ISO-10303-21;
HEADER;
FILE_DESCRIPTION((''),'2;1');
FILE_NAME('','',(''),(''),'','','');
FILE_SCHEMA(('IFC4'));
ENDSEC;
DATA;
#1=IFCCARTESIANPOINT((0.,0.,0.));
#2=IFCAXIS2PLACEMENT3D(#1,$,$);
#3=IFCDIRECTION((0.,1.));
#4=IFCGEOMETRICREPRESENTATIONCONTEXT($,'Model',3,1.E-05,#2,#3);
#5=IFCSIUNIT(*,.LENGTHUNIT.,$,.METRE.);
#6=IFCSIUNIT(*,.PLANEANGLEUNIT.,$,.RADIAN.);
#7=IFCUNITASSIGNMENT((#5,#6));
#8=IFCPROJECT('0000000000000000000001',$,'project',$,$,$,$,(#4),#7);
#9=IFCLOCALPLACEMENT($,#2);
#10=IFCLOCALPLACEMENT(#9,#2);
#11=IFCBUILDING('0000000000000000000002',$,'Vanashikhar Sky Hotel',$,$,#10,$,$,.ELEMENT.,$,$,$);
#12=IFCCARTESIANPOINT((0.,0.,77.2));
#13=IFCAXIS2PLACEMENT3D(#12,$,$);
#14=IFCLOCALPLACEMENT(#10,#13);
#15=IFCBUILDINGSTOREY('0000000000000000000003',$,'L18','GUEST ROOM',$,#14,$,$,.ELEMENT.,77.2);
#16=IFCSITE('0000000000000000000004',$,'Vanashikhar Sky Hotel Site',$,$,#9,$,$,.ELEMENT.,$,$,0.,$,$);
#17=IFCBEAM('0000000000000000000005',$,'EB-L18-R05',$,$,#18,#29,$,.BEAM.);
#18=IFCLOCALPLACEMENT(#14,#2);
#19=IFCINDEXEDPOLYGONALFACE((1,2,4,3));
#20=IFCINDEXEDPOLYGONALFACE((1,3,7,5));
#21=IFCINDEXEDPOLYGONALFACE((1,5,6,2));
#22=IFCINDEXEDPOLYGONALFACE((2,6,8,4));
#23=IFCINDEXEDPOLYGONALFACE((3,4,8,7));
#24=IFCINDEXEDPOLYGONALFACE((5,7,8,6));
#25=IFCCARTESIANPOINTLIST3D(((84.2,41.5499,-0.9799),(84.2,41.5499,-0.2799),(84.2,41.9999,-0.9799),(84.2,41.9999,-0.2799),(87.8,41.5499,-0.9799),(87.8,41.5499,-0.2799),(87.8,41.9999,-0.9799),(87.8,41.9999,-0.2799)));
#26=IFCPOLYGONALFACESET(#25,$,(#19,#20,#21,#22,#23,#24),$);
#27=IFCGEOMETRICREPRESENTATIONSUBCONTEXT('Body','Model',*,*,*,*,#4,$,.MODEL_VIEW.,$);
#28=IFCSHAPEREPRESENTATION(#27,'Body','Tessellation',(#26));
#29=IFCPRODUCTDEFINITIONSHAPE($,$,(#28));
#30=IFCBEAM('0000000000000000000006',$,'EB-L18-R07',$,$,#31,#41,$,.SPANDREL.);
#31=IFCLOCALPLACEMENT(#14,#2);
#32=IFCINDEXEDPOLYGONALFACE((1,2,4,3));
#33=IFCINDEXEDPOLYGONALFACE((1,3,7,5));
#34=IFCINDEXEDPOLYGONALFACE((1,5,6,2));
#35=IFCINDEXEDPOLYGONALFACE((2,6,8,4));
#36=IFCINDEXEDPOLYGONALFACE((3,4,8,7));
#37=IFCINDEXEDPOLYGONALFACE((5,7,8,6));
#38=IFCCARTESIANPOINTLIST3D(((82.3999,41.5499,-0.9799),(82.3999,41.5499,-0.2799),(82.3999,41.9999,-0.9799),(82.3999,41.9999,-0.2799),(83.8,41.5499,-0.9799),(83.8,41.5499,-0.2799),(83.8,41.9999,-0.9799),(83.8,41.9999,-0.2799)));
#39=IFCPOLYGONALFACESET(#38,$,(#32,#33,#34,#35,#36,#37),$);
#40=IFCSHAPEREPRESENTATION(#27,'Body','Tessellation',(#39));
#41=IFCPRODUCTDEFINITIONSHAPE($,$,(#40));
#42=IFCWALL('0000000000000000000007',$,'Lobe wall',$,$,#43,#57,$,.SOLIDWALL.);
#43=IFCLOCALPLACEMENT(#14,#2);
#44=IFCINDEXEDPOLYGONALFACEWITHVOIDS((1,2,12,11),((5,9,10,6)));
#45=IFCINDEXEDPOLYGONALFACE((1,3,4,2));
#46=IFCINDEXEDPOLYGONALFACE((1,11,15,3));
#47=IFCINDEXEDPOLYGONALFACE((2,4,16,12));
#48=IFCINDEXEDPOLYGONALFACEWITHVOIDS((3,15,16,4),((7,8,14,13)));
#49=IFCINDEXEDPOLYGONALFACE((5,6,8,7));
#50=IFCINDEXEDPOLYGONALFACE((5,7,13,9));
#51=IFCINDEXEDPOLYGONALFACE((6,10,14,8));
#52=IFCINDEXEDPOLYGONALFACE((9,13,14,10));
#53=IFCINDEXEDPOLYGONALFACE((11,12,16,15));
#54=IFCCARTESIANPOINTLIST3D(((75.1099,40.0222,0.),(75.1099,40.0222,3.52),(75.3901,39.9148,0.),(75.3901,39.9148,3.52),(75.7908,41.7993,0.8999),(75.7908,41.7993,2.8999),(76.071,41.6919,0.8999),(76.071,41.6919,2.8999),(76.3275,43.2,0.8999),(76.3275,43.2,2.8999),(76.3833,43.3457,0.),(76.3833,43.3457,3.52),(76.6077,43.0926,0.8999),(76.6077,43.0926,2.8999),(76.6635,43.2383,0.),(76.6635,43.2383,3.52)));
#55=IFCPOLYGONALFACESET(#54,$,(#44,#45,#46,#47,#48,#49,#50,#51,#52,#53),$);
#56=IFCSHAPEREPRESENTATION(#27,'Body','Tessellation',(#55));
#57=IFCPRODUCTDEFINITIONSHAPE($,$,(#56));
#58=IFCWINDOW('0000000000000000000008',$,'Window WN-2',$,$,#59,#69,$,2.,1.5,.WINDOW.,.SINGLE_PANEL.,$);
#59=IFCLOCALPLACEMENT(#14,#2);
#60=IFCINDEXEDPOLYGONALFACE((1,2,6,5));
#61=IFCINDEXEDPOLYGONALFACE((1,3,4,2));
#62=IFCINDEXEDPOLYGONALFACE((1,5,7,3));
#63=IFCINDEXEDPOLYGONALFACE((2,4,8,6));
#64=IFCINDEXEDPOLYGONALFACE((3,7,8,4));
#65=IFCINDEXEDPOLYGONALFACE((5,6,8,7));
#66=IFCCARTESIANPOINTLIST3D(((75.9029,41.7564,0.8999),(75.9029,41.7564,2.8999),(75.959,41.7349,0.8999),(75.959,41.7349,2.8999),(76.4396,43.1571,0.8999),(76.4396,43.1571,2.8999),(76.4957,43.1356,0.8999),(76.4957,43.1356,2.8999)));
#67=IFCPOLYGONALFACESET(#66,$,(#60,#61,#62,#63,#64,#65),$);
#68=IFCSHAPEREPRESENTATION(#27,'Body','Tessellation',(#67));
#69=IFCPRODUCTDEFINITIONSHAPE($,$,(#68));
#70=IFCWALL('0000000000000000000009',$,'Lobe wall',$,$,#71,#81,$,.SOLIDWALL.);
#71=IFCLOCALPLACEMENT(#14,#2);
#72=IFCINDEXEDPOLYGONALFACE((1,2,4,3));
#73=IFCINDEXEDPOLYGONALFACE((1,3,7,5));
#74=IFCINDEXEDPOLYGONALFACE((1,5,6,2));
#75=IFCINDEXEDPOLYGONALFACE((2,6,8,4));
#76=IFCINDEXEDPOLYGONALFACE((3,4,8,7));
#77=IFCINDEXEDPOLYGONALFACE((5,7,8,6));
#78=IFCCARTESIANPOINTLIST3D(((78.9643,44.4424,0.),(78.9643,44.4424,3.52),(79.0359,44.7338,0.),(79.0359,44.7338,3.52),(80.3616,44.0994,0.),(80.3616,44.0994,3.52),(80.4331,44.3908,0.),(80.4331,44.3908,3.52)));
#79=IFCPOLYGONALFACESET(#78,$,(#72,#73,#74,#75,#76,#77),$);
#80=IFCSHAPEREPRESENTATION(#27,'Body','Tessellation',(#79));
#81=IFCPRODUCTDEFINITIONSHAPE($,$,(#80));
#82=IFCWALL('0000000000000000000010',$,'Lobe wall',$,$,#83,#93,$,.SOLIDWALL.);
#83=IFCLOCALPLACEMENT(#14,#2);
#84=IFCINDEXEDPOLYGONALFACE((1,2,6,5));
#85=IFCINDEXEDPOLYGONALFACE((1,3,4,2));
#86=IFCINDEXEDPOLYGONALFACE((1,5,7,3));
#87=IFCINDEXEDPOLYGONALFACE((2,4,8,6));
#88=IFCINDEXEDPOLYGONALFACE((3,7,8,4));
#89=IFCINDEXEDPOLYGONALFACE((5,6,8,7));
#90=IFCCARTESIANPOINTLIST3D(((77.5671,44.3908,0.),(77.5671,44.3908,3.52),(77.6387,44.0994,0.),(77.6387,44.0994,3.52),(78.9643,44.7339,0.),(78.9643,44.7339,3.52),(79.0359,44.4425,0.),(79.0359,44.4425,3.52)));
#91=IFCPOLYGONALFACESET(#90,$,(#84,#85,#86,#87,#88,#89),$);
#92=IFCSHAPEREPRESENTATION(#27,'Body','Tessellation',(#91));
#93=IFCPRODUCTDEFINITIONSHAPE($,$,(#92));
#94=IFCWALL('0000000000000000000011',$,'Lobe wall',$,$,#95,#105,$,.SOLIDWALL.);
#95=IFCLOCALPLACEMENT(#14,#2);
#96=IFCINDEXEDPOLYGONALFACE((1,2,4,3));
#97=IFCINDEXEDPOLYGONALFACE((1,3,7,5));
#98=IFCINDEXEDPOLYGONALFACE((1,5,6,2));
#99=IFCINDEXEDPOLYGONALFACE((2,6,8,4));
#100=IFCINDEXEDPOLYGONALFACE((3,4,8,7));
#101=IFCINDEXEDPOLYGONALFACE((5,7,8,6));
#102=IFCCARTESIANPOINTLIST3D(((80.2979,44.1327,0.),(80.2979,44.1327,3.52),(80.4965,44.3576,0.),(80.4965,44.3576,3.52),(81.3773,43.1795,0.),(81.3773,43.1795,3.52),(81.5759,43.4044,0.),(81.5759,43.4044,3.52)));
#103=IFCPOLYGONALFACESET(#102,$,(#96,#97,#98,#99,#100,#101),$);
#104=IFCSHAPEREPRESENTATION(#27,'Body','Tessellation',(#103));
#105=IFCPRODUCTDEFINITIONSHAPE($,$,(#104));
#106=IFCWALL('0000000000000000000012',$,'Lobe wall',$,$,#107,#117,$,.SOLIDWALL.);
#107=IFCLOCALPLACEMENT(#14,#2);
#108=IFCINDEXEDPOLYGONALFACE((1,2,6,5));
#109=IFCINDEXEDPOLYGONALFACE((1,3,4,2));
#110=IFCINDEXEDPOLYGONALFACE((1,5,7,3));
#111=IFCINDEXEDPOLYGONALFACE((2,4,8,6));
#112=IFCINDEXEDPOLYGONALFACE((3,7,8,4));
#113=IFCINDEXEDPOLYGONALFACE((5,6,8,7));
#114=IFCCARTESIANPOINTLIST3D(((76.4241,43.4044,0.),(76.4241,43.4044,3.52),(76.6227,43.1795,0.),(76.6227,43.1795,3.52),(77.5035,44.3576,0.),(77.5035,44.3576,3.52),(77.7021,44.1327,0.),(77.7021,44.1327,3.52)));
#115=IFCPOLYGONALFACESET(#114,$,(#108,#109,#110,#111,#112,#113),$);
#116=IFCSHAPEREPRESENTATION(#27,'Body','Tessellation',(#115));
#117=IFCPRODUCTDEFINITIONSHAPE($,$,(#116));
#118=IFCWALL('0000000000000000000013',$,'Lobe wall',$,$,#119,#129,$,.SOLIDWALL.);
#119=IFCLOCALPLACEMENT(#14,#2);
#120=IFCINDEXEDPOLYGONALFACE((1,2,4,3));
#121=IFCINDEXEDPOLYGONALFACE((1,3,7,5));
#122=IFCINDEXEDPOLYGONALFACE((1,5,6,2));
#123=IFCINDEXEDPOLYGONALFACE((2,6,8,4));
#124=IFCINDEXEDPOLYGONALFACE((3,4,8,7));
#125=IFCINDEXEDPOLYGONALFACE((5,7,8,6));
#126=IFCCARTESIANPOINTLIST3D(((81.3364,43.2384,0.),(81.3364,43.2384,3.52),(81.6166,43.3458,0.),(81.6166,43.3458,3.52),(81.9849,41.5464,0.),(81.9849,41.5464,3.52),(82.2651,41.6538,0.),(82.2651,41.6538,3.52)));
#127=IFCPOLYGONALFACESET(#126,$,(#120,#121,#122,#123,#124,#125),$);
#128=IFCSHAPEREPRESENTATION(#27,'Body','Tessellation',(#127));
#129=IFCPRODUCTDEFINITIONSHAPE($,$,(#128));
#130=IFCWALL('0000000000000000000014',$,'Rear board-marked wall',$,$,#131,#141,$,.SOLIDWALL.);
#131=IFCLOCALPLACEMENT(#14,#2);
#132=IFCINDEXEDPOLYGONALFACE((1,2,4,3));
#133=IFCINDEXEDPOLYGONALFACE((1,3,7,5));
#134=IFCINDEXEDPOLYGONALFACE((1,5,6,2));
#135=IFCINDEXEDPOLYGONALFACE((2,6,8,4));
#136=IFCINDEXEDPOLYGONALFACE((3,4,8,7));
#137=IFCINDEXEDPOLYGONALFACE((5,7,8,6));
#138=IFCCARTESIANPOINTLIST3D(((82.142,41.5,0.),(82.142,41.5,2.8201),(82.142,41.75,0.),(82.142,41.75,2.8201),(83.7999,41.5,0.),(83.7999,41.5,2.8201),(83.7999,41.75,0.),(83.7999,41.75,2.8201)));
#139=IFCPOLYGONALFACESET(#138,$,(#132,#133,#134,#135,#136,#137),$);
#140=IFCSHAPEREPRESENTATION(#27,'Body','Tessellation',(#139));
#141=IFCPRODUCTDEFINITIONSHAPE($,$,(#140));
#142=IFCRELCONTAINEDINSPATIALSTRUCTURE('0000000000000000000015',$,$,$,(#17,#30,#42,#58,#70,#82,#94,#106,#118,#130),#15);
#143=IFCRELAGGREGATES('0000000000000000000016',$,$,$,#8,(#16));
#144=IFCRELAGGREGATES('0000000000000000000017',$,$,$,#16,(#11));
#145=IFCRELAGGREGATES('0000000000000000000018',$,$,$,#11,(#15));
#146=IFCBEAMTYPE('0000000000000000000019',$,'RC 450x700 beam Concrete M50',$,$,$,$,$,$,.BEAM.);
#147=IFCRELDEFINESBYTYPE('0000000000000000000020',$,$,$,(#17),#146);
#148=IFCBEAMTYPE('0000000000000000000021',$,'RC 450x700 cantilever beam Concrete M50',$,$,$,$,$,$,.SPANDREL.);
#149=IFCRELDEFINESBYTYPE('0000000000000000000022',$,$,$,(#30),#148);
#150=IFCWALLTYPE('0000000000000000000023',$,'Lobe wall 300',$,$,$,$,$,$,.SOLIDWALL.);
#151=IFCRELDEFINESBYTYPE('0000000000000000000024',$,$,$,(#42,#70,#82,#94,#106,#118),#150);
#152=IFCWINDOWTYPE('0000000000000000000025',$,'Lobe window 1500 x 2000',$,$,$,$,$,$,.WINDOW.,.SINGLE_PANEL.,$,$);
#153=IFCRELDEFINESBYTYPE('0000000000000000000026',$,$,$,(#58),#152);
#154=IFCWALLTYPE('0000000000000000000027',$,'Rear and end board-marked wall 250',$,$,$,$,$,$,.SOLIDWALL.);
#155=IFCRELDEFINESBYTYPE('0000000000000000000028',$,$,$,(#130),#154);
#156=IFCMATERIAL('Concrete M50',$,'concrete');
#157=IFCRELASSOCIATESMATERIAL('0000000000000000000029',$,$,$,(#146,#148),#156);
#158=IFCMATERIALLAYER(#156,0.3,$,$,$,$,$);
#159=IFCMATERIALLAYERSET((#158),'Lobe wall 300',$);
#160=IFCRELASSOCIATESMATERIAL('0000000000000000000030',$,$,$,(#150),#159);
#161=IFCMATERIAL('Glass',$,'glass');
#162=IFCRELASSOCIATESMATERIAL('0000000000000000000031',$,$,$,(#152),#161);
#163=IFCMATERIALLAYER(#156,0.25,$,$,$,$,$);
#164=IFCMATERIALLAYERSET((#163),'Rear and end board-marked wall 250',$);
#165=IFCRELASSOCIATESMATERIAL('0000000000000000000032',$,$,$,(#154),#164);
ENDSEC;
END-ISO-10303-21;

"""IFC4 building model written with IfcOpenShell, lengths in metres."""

from ifc_helpers import new_model, si_unit, direction, frame, frame_2d, origin, origin_2d, place, context, subcontext, project, spatial, rectangle, extrude, source, transform, mapped, material, layer, layer_set, material_profile, profile_set, type_object, element, fill, save


model = new_model("IFC4")

# Units and contexts
model_context = context("Model", 3, precision=1e-05, world=origin(), true_north=direction((0.0, 1.0)))
body_context = subcontext(model_context, "Body", "Model", "MODEL_VIEW")
ifc_project = project(units=[si_unit("LENGTHUNIT", "METRE"), si_unit("PLANEANGLEUNIT", "RADIAN")], contexts=[model_context])

# Site, building, storey
site_placement = place(None, origin())
site = spatial("IfcSite", under=ifc_project, at=site_placement, Name="Vanashikhar Sky Hotel Site", CompositionType="ELEMENT", RefElevation=0.0)
building_placement = place(site_placement, origin())
building = spatial("IfcBuilding", under=site, at=building_placement, Name="Vanashikhar Sky Hotel", CompositionType="ELEMENT")
storey_placement = place(building_placement, frame((0.0, 0.0, 77.2)))
storey = spatial("IfcBuildingStorey", under=building, at=storey_placement, Name="L18", Description="GUEST ROOM", CompositionType="ELEMENT", Elevation=77.2)

# Beams
ifc_material_1 = material(Name="Concrete M50", Category="concrete")
ifc_material_profile_1 = material_profile(ifc_material_1, rectangle(XDim=0.45, YDim=0.7, at=origin_2d()))
ifc_profile_set_1 = profile_set([ifc_material_profile_1], Name="RC 450x700 beam Concrete M50")
beam_type_1 = type_object("IfcBeamType", Name="RC 450x700 beam Concrete M50", PredefinedType="BEAM", material=ifc_profile_set_1)
shared_shape_1 = source(origin(), body_context, "Body", "SweptSolid", [
    extrude(rectangle(XDim=0.45, YDim=0.7, at=origin_2d()), origin(), (0.0, 0.0, 1.0), 3.6001),
])
beam_1_placement = place(storey_placement, frame((84.2, 41.7749, -0.6299), z_axis=(1.0, 0.0, 0.0), x_axis=(0.0, 1.0, 0.0)))
element("IfcBeam", 1, at=beam_1_placement, inside=storey, type_object=beam_type_1, Name="EB-L18-R05", PredefinedType="BEAM", context=body_context, shape_type="MappedRepresentation", body=[
    mapped(shared_shape_1, transform((0.0, 0.0, 0.0), scale=1.0)),
])
ifc_material_profile_2 = material_profile(ifc_material_1, rectangle(XDim=0.45, YDim=0.7, at=origin_2d()))
ifc_profile_set_2 = profile_set([ifc_material_profile_2], Name="RC 450x700 cantilever beam Concrete M50")
beam_type_2 = type_object("IfcBeamType", Name="RC 450x700 cantilever beam Concrete M50", PredefinedType="SPANDREL", material=ifc_profile_set_2)
shared_shape_2 = source(origin(), body_context, "Body", "SweptSolid", [
    extrude(rectangle(XDim=0.45, YDim=0.7, at=origin_2d()), origin(), (0.0, 0.0, 1.0), 1.4001),
])
beam_2_placement = place(storey_placement, frame((82.3999, 41.7749, -0.6299), z_axis=(1.0, 0.0, 0.0), x_axis=(0.0, 1.0, 0.0)))
element("IfcBeam", 2, at=beam_2_placement, inside=storey, type_object=beam_type_2, Name="EB-L18-R07", PredefinedType="SPANDREL", context=body_context, shape_type="MappedRepresentation", body=[
    mapped(shared_shape_2, transform((0.0, 0.0, 0.0), scale=1.0)),
])

# Wall, opening, window
ifc_layer_1 = layer(ifc_material_1, 0.3)
ifc_layer_set_1 = layer_set([ifc_layer_1], Name="Lobe wall 300")
wall_type_1 = type_object("IfcWallType", Name="Lobe wall 300", PredefinedType="SOLIDWALL", material=ifc_layer_set_1)
shared_shape_3 = source(origin(), body_context, "Body", "SweptSolid", [
    extrude(rectangle(XDim=3.5591, YDim=0.3, at=frame_2d((1.7795, 0.0))), origin(), (0.0, 0.0, 1.0), 3.52),
])
wall_1_placement = place(storey_placement, frame((76.5234, 43.292, 0.0), z_axis=(0.0, 0.0, 1.0), x_axis=(-0.357797, -0.933799, 0.0)))
wall_1 = element("IfcWall", 3, at=wall_1_placement, inside=storey, type_object=wall_type_1, Name="Lobe wall", PredefinedType="SOLIDWALL", context=body_context, shape_type="MappedRepresentation", body=[
    mapped(shared_shape_3, transform((0.0, 0.0, 0.0), scale=1.0)),
])
shared_shape_4 = source(origin(), body_context, "Body", "SweptSolid", [
    extrude(rectangle(XDim=1.5, YDim=2.0, at=frame_2d((0.75, 1.0))), frame((0.0, 0.1602, 0.0), z_axis=(0.0, -1.0, 0.0), x_axis=(1.0, 0.0, 0.0)), (0.0, 0.0, 1.0), 0.3201),
])
opening_1_placement = place(wall_1_placement, frame((0.156, 0.0, 0.8999)))
opening_1 = element("IfcOpeningElement", 4, at=opening_1_placement, cuts=wall_1, PredefinedType="OPENING", context=body_context, shape_type="MappedRepresentation", body=[
    mapped(shared_shape_4, transform((0.0, 0.0, 0.0), scale=1.0)),
])
ifc_material_2 = material(Name="Glass", Category="glass")
window_type = type_object("IfcWindowType", Name="Lobe window 1500 x 2000", PartitioningType="SINGLE_PANEL", PredefinedType="WINDOW", material=ifc_material_2)
shared_shape_5 = source(origin(), body_context, "Body", "SweptSolid", [
    extrude(rectangle(XDim=1.5, YDim=2.0, at=frame_2d((0.75, 1.0))), frame((0.0, 0.03, 0.0), z_axis=(0.0, -1.0, 0.0), x_axis=(1.0, 0.0, 0.0)), (0.0, 0.0, 1.0), 0.0601),
])
window_placement = place(opening_1_placement, origin())
window = element("IfcWindow", 5, at=window_placement, inside=storey, type_object=window_type, Name="Window WN-2", OverallHeight=2.0, OverallWidth=1.5, PartitioningType="SINGLE_PANEL", PredefinedType="WINDOW", context=body_context, shape_type="MappedRepresentation", body=[
    mapped(shared_shape_5, transform((0.0, 0.0, 0.0), scale=1.0)),
])
fill(opening_1, window)

# Walls
shared_shape_6 = source(origin(), body_context, "Body", "SweptSolid", [
    extrude(rectangle(XDim=1.4387, YDim=0.3, at=frame_2d((0.7192, 0.0))), origin(), (0.0, 0.0, 1.0), 3.52),
])
for number, where, z_axis, x_axis, name in (
    (6, (80.3972, 44.2451, 0.0), (0.0, 0.0, 1.0), (-0.971162, 0.238421, 0.0), "Lobe wall"),
    (7, (79.0, 44.5881, 0.0), (0.0, 0.0, 1.0), (-0.971162, -0.238421, 0.0), "Lobe wall"),
):
    element("IfcWall", number, at=place(storey_placement, frame(where, z_axis=z_axis, x_axis=x_axis)), inside=storey, type_object=wall_type_1, Name=name, PredefinedType="SOLIDWALL", context=body_context, shape_type="MappedRepresentation", body=[
        mapped(shared_shape_6, transform((0.0, 0.0, 0.0), scale=1.0)),
    ])
shared_shape_7 = source(origin(), body_context, "Body", "SweptSolid", [
    extrude(rectangle(XDim=1.4399, YDim=0.3, at=frame_2d((0.72, 0.0))), origin(), (0.0, 0.0, 1.0), 3.52),
])
for number, where, z_axis, x_axis, name in (
    (8, (81.4766, 43.292, 0.0), (0.0, 0.0, 1.0), (-0.749576, 0.661919, 0.0), "Lobe wall"),
    (9, (77.6028, 44.2451, 0.0), (0.0, 0.0, 1.0), (-0.749576, -0.661919, 0.0), "Lobe wall"),
):
    element("IfcWall", number, at=place(storey_placement, frame(where, z_axis=z_axis, x_axis=x_axis)), inside=storey, type_object=wall_type_1, Name=name, PredefinedType="SOLIDWALL", context=body_context, shape_type="MappedRepresentation", body=[
        mapped(shared_shape_7, transform((0.0, 0.0, 0.0), scale=1.0)),
    ])
shared_shape_8 = source(origin(), body_context, "Body", "SweptSolid", [
    extrude(rectangle(XDim=1.812, YDim=0.3, at=frame_2d((0.906, 0.0))), origin(), (0.0, 0.0, 1.0), 3.52),
])
wall_2_placement = place(storey_placement, frame((82.125, 41.6001, 0.0), z_axis=(0.0, 0.0, 1.0), x_axis=(-0.357877, 0.933769, 0.0)))
element("IfcWall", 10, at=wall_2_placement, inside=storey, type_object=wall_type_1, Name="Lobe wall", PredefinedType="SOLIDWALL", context=body_context, shape_type="MappedRepresentation", body=[
    mapped(shared_shape_8, transform((0.0, 0.0, 0.0), scale=1.0)),
])
ifc_layer_2 = layer(ifc_material_1, 0.25)
ifc_layer_set_2 = layer_set([ifc_layer_2], Name="Rear and end board-marked wall 250")
wall_type_2 = type_object("IfcWallType", Name="Rear and end board-marked wall 250", PredefinedType="SOLIDWALL", material=ifc_layer_set_2)
shared_shape_9 = source(origin(), body_context, "Body", "SweptSolid", [
    extrude(rectangle(XDim=1.658, YDim=0.25, at=frame_2d((0.8291, 0.0))), origin(), (0.0, 0.0, 1.0), 2.8201),
])
wall_3_placement = place(storey_placement, frame((83.8, 41.625, 0.0), z_axis=(0.0, 0.0, 1.0), x_axis=(-1.0, 0.0, 0.0)))
element("IfcWall", 11, at=wall_3_placement, inside=storey, type_object=wall_type_2, Name="Rear board-marked wall", PredefinedType="SOLIDWALL", context=body_context, shape_type="MappedRepresentation", body=[
    mapped(shared_shape_9, transform((0.0, 0.0, 0.0), scale=1.0)),
])

save(model, "model.ifc")
